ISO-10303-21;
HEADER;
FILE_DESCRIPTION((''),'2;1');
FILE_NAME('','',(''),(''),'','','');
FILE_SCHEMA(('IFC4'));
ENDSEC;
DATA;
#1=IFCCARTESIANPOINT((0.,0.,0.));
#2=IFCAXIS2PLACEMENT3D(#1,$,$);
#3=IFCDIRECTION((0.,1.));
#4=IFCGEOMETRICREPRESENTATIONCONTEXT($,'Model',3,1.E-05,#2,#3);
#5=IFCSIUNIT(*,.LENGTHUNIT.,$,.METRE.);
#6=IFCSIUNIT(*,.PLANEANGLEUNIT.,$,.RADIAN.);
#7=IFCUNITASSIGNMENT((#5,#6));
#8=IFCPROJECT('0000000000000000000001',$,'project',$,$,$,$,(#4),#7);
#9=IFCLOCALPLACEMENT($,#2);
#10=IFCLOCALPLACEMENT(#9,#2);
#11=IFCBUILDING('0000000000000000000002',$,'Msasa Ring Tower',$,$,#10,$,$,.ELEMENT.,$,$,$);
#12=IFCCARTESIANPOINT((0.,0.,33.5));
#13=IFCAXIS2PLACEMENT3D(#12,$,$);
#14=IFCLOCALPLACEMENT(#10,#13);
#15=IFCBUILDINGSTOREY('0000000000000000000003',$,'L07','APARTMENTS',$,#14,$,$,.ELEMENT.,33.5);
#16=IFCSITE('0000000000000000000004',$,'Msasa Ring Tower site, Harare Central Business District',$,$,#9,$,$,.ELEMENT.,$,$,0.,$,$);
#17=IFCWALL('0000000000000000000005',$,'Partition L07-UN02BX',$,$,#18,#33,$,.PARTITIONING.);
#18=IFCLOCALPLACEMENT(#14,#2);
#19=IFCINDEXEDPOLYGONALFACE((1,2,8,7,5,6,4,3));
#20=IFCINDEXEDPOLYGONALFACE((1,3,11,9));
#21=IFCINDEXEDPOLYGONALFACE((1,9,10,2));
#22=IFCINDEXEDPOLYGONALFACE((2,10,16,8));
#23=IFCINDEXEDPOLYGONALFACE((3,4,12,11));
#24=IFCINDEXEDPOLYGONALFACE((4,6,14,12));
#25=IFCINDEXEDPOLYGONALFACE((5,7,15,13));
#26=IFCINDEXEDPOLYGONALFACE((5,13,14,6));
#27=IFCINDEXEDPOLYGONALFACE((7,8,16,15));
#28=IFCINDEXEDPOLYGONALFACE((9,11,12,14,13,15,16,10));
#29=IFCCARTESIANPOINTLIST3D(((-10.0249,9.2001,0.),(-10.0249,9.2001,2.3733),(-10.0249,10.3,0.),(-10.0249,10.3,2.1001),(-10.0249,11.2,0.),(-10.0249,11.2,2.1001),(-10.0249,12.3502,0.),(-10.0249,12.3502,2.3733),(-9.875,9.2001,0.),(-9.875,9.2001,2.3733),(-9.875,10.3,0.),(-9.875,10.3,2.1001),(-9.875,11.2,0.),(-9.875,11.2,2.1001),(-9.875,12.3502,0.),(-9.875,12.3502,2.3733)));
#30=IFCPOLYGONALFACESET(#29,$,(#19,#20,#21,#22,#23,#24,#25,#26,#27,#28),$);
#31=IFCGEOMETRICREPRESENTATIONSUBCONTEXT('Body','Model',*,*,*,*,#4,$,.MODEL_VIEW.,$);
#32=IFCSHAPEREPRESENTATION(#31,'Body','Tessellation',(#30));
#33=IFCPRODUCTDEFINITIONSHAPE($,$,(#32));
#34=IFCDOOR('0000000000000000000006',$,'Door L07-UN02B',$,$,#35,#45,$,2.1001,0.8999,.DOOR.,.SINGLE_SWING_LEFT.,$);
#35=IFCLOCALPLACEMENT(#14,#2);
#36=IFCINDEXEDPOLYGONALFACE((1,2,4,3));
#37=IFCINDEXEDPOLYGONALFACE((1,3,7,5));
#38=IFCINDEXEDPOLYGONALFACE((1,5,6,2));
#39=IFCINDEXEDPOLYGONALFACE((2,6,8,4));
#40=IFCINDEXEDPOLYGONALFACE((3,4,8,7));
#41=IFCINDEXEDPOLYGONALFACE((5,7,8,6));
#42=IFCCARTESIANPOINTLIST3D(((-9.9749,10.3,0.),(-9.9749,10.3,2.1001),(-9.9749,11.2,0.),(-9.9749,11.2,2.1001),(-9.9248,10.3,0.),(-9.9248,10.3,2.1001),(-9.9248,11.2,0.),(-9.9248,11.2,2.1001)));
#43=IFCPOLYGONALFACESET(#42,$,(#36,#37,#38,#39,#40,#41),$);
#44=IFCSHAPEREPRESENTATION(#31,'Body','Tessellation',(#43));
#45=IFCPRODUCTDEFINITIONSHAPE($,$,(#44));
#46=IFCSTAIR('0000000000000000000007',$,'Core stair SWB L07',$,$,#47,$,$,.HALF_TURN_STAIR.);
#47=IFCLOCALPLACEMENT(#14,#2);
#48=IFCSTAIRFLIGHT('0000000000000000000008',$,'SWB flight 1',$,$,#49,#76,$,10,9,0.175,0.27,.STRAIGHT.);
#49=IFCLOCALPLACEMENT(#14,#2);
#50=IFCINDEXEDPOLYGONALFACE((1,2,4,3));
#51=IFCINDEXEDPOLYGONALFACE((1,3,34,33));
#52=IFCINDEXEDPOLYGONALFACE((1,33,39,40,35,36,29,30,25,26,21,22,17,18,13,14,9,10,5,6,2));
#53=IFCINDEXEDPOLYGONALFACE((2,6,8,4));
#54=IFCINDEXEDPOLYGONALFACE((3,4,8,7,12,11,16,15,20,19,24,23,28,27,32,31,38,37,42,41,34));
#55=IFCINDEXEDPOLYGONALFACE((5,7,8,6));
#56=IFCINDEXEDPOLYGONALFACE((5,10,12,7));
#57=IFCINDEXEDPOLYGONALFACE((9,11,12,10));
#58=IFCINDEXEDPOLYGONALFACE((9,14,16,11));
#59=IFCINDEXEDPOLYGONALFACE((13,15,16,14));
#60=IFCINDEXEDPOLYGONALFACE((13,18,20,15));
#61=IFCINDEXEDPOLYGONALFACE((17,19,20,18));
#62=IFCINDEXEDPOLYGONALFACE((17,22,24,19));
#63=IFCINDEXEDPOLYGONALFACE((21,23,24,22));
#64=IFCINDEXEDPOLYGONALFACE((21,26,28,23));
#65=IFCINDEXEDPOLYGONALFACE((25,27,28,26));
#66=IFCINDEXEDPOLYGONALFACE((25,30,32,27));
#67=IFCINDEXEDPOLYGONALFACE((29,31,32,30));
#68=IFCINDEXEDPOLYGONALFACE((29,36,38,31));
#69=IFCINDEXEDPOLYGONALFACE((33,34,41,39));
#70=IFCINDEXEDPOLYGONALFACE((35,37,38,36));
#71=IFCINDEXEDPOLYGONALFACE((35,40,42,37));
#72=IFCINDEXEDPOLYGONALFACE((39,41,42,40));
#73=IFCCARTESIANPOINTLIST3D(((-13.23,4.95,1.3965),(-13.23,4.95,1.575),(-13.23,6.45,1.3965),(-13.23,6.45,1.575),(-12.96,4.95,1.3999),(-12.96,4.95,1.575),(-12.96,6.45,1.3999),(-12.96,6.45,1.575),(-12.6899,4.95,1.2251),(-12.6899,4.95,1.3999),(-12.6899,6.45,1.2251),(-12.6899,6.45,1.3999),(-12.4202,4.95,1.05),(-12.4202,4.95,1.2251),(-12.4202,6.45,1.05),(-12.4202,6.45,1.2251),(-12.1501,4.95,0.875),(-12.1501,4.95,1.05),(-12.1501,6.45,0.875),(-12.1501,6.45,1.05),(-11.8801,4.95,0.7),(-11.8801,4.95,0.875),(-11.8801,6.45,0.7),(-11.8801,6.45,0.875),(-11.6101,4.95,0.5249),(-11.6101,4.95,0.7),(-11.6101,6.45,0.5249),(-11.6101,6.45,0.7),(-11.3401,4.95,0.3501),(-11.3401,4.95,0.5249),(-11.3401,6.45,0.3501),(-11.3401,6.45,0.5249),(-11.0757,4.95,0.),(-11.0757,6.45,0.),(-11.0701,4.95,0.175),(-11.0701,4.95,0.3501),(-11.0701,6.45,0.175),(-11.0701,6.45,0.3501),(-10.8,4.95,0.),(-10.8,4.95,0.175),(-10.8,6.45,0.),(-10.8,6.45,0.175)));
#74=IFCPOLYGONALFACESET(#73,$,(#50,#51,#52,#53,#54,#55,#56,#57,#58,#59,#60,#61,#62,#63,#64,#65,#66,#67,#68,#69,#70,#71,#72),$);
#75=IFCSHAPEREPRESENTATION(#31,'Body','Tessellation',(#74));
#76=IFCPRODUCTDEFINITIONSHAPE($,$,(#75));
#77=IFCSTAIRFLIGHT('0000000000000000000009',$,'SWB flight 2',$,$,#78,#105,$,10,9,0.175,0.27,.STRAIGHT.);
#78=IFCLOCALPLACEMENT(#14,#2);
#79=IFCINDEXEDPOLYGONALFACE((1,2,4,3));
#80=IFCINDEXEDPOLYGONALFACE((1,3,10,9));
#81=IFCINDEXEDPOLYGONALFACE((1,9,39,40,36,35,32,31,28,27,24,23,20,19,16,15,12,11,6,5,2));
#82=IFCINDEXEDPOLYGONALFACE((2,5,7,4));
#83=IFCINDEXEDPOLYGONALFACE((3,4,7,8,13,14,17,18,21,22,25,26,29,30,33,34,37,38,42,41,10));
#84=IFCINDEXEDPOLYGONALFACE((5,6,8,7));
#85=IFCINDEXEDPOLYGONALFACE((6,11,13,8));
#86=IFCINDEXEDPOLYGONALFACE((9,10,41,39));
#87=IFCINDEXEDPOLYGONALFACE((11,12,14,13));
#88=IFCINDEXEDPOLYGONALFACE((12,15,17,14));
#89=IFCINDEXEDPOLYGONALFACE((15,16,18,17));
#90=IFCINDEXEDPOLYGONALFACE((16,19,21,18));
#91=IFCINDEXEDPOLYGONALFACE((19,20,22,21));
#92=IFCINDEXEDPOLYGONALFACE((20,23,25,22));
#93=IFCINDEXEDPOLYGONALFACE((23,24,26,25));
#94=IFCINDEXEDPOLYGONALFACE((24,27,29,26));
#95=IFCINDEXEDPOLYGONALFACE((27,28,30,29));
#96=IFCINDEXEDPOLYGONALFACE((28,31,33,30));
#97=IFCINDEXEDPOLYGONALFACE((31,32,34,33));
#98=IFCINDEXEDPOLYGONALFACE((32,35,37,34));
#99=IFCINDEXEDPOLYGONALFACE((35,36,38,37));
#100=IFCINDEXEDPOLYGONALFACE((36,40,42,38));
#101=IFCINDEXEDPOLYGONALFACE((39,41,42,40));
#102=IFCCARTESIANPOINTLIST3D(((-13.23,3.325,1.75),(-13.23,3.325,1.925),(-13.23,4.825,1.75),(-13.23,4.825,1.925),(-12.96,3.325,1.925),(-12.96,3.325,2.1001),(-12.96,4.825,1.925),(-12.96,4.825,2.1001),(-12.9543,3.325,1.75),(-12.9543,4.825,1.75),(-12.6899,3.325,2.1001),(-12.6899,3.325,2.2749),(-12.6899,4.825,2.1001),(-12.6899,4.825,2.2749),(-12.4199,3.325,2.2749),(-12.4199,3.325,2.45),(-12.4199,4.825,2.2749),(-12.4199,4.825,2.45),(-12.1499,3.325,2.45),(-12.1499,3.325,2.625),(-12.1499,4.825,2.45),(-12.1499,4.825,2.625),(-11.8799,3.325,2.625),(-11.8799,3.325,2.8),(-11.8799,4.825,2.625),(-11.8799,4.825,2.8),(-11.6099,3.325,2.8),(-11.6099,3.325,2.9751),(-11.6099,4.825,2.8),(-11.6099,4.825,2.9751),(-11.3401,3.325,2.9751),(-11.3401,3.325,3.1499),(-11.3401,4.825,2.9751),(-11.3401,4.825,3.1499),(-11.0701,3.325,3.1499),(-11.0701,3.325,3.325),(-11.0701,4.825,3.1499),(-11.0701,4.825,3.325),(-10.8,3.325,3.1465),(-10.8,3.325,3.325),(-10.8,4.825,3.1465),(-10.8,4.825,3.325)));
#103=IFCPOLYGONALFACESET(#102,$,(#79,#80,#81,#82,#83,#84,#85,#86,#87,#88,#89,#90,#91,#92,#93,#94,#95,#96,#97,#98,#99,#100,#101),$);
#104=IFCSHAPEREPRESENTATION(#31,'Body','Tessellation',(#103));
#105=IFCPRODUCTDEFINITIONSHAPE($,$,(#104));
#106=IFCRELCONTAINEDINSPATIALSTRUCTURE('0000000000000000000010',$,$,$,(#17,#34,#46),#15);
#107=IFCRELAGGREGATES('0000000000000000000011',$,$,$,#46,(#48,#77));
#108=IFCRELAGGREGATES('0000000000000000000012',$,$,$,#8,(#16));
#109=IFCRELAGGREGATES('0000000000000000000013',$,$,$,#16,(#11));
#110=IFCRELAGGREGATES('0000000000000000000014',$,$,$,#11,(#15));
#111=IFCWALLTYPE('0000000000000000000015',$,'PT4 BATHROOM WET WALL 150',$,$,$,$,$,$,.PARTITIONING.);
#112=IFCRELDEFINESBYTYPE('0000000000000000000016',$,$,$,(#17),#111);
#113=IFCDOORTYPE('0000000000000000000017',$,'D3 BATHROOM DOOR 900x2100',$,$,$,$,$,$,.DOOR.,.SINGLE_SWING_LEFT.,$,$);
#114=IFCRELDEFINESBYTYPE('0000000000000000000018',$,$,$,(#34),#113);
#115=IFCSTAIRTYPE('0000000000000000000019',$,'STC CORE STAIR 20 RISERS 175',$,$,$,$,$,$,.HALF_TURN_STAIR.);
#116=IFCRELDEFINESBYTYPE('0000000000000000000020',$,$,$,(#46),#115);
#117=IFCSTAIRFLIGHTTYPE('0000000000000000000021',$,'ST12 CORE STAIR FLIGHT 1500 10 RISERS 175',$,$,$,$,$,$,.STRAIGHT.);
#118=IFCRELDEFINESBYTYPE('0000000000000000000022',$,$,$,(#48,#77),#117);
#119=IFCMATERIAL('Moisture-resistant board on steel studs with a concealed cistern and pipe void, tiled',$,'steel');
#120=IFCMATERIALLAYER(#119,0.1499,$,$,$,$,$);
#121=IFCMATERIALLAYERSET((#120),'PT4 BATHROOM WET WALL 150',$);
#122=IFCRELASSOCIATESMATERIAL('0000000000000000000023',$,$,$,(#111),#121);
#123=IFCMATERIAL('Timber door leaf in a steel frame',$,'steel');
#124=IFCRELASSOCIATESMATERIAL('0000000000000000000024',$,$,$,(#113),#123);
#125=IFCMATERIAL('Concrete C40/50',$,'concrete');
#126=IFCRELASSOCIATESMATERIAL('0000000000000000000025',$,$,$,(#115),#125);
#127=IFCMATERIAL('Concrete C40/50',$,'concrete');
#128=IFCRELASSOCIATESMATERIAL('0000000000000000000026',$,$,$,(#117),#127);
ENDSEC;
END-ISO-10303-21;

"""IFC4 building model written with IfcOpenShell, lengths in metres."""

from ifc_helpers import new_model, si_unit, direction, frame, frame_2d, origin, place, context, subcontext, project, spatial, polyline, rectangle, outline, extrude, material, layer, layer_set, type_object, element, fill, aggregate, save


model = new_model("IFC4")

# Units and contexts
model_context = context("Model", 3, precision=1e-05, world=origin(), true_north=direction((0.0, 1.0)))
body_context = subcontext(model_context, "Body", "Model", "MODEL_VIEW")
ifc_project = project(units=[si_unit("LENGTHUNIT", "METRE"), si_unit("PLANEANGLEUNIT", "RADIAN")], contexts=[model_context])

# Site, building, storey
site_placement = place(None, origin())
site = spatial("IfcSite", under=ifc_project, at=site_placement, Name="Msasa Ring Tower site, Harare Central Business District", CompositionType="ELEMENT", RefElevation=0.0)
building_placement = place(site_placement, origin())
building = spatial("IfcBuilding", under=site, at=building_placement, Name="Msasa Ring Tower", CompositionType="ELEMENT")
storey_placement = place(building_placement, frame((0.0, 0.0, 33.5)))
storey = spatial("IfcBuildingStorey", under=building, at=storey_placement, Name="L07", Description="APARTMENTS", CompositionType="ELEMENT", Elevation=33.5)

# Wall, opening, door
ifc_material_1 = material(Name="Moisture-resistant board on steel studs with a concealed cistern and pipe void, tiled", Category="steel")
ifc_layer_1 = layer(ifc_material_1, 0.1499)
ifc_layer_set_1 = layer_set([ifc_layer_1], Name="PT4 BATHROOM WET WALL 150")
wall_type_1 = type_object("IfcWallType", Name="PT4 BATHROOM WET WALL 150", PredefinedType="PARTITIONING", material=ifc_layer_set_1)
ifc_material_2 = material(Name="Timber door leaf in a steel frame", Category="steel")
door_type_1 = type_object("IfcDoorType", Name="D3 BATHROOM DOOR 900x2100", OperationType="SINGLE_SWING_LEFT", PredefinedType="DOOR", material=ifc_material_2)
wall_1_placement = place(storey_placement, frame((-9.95, 9.2, 0.0), z_axis=(0.0, 0.0, 1.0), x_axis=(0.0, 1.0, 0.0)))
wall_1 = element("IfcWall", 1, at=wall_1_placement, inside=storey, type_object=wall_type_1, Name="Partition L07-UN02BX", PredefinedType="PARTITIONING", context=body_context, shape_type="SweptSolid", body=[
    extrude(rectangle(XDim=3.1501, YDim=0.1499, at=frame_2d((1.5752, 0.0))), origin(), (0.0, 0.0, 1.0), 2.3733),
])
opening_1_placement = place(wall_1_placement, frame((1.1001, 0.0, 0.0)))
opening_1 = element("IfcOpeningElement", 2, at=opening_1_placement, cuts=wall_1, PredefinedType="OPENING", context=body_context, shape_type="SweptSolid", body=[
    extrude(rectangle(XDim=0.8999, YDim=2.1001, at=frame_2d((0.45, 1.05))), frame((0.0, 0.085, 0.0), z_axis=(0.0, -1.0, 0.0), x_axis=(1.0, 0.0, 0.0)), (0.0, 0.0, 1.0), 0.1699),
])
door_1_placement = place(opening_1_placement, origin())
door_1 = element("IfcDoor", 3, at=door_1_placement, inside=storey, type_object=door_type_1, Name="Door L07-UN02B", OperationType="SINGLE_SWING_LEFT", OverallHeight=2.1001, OverallWidth=0.8999, PredefinedType="DOOR", context=body_context, shape_type="SweptSolid", body=[
    extrude(rectangle(XDim=0.8999, YDim=2.1001, at=frame_2d((0.45, 1.05))), frame((0.0, 0.0249, 0.0), z_axis=(0.0, -1.0, 0.0), x_axis=(1.0, 0.0, 0.0)), (0.0, 0.0, 1.0), 0.05),
])
fill(opening_1, door_1)

# Stair, stair flights
ifc_material_3 = material(Name="Concrete C40/50", Category="concrete")
stair_type = type_object("IfcStairType", Name="STC CORE STAIR 20 RISERS 175", PredefinedType="HALF_TURN_STAIR", material=ifc_material_3)
stair_placement = place(storey_placement, origin())
stair = element("IfcStair", 4, at=stair_placement, inside=storey, type_object=stair_type, Name="Core stair SWB L07", PredefinedType="HALF_TURN_STAIR")
ifc_material_4 = material(Name="Concrete C40/50", Category="concrete")
stair_flight_type = type_object("IfcStairFlightType", Name="ST12 CORE STAIR FLIGHT 1500 10 RISERS 175", PredefinedType="STRAIGHT", material=ifc_material_4)
stair_flight_1_placement = place(storey_placement, frame((-10.8, 5.7, 0.0), z_axis=(0.0, 0.0, 1.0), x_axis=(-1.0, 0.0, 0.0)))
stair_flight_1 = element("IfcStairFlight", 5, at=stair_flight_1_placement, type_object=stair_flight_type, Name="SWB flight 1", NumberOfRisers=10, NumberOfTreads=9, PredefinedType="STRAIGHT", RiserHeight=0.175, TreadLength=0.27, context=body_context, shape_type="SweptSolid", body=[
    extrude(outline(polyline([(0.0, 0.0), (0.0, 0.175), (0.27, 0.175), (0.27, 0.3501), (0.54, 0.3501), (0.54, 0.5249), (0.8101, 0.5249), (0.8101, 0.7), (1.0801, 0.7), (1.0801, 0.875), (1.3501, 0.875), (1.3501, 1.05), (1.6201, 1.05), (1.6201, 1.2251), (1.8899, 1.2251), (1.8899, 1.3999), (2.1599, 1.3999), (2.1599, 1.575), (2.4299, 1.575), (2.4299, 1.75), (2.4299, 1.3965), (0.2756, 0.0), (0.0, 0.0)])), frame((0.0, 0.75, 0.0), z_axis=(0.0, -1.0, 0.0), x_axis=(1.0, 0.0, 0.0)), (0.0, 0.0, 1.0), 1.5),
])
stair_flight_2_placement = place(storey_placement, frame((-13.23, 4.075, 1.75), z_axis=(0.0, 0.0, 1.0), x_axis=(1.0, 0.0, 0.0)))
stair_flight_2 = element("IfcStairFlight", 6, at=stair_flight_2_placement, type_object=stair_flight_type, Name="SWB flight 2", NumberOfRisers=10, NumberOfTreads=9, PredefinedType="STRAIGHT", RiserHeight=0.175, TreadLength=0.27, context=body_context, shape_type="SweptSolid", body=[
    extrude(outline(polyline([(0.0, 0.0), (0.0, 0.175), (0.27, 0.175), (0.27, 0.3501), (0.54, 0.3501), (0.54, 0.5249), (0.8101, 0.5249), (0.8101, 0.7), (1.0801, 0.7), (1.0801, 0.875), (1.3501, 0.875), (1.3501, 1.05), (1.6201, 1.05), (1.6201, 1.2251), (1.8899, 1.2251), (1.8899, 1.3999), (2.1599, 1.3999), (2.1599, 1.575), (2.4299, 1.575), (2.4299, 1.75), (2.4299, 1.3965), (0.2756, 0.0), (0.0, 0.0)])), frame((0.0, 0.75, 0.0), z_axis=(0.0, -1.0, 0.0), x_axis=(1.0, 0.0, 0.0)), (0.0, 0.0, 1.0), 1.5),
])
aggregate(stair, [stair_flight_1, stair_flight_2])

save(model, "model.ifc")
